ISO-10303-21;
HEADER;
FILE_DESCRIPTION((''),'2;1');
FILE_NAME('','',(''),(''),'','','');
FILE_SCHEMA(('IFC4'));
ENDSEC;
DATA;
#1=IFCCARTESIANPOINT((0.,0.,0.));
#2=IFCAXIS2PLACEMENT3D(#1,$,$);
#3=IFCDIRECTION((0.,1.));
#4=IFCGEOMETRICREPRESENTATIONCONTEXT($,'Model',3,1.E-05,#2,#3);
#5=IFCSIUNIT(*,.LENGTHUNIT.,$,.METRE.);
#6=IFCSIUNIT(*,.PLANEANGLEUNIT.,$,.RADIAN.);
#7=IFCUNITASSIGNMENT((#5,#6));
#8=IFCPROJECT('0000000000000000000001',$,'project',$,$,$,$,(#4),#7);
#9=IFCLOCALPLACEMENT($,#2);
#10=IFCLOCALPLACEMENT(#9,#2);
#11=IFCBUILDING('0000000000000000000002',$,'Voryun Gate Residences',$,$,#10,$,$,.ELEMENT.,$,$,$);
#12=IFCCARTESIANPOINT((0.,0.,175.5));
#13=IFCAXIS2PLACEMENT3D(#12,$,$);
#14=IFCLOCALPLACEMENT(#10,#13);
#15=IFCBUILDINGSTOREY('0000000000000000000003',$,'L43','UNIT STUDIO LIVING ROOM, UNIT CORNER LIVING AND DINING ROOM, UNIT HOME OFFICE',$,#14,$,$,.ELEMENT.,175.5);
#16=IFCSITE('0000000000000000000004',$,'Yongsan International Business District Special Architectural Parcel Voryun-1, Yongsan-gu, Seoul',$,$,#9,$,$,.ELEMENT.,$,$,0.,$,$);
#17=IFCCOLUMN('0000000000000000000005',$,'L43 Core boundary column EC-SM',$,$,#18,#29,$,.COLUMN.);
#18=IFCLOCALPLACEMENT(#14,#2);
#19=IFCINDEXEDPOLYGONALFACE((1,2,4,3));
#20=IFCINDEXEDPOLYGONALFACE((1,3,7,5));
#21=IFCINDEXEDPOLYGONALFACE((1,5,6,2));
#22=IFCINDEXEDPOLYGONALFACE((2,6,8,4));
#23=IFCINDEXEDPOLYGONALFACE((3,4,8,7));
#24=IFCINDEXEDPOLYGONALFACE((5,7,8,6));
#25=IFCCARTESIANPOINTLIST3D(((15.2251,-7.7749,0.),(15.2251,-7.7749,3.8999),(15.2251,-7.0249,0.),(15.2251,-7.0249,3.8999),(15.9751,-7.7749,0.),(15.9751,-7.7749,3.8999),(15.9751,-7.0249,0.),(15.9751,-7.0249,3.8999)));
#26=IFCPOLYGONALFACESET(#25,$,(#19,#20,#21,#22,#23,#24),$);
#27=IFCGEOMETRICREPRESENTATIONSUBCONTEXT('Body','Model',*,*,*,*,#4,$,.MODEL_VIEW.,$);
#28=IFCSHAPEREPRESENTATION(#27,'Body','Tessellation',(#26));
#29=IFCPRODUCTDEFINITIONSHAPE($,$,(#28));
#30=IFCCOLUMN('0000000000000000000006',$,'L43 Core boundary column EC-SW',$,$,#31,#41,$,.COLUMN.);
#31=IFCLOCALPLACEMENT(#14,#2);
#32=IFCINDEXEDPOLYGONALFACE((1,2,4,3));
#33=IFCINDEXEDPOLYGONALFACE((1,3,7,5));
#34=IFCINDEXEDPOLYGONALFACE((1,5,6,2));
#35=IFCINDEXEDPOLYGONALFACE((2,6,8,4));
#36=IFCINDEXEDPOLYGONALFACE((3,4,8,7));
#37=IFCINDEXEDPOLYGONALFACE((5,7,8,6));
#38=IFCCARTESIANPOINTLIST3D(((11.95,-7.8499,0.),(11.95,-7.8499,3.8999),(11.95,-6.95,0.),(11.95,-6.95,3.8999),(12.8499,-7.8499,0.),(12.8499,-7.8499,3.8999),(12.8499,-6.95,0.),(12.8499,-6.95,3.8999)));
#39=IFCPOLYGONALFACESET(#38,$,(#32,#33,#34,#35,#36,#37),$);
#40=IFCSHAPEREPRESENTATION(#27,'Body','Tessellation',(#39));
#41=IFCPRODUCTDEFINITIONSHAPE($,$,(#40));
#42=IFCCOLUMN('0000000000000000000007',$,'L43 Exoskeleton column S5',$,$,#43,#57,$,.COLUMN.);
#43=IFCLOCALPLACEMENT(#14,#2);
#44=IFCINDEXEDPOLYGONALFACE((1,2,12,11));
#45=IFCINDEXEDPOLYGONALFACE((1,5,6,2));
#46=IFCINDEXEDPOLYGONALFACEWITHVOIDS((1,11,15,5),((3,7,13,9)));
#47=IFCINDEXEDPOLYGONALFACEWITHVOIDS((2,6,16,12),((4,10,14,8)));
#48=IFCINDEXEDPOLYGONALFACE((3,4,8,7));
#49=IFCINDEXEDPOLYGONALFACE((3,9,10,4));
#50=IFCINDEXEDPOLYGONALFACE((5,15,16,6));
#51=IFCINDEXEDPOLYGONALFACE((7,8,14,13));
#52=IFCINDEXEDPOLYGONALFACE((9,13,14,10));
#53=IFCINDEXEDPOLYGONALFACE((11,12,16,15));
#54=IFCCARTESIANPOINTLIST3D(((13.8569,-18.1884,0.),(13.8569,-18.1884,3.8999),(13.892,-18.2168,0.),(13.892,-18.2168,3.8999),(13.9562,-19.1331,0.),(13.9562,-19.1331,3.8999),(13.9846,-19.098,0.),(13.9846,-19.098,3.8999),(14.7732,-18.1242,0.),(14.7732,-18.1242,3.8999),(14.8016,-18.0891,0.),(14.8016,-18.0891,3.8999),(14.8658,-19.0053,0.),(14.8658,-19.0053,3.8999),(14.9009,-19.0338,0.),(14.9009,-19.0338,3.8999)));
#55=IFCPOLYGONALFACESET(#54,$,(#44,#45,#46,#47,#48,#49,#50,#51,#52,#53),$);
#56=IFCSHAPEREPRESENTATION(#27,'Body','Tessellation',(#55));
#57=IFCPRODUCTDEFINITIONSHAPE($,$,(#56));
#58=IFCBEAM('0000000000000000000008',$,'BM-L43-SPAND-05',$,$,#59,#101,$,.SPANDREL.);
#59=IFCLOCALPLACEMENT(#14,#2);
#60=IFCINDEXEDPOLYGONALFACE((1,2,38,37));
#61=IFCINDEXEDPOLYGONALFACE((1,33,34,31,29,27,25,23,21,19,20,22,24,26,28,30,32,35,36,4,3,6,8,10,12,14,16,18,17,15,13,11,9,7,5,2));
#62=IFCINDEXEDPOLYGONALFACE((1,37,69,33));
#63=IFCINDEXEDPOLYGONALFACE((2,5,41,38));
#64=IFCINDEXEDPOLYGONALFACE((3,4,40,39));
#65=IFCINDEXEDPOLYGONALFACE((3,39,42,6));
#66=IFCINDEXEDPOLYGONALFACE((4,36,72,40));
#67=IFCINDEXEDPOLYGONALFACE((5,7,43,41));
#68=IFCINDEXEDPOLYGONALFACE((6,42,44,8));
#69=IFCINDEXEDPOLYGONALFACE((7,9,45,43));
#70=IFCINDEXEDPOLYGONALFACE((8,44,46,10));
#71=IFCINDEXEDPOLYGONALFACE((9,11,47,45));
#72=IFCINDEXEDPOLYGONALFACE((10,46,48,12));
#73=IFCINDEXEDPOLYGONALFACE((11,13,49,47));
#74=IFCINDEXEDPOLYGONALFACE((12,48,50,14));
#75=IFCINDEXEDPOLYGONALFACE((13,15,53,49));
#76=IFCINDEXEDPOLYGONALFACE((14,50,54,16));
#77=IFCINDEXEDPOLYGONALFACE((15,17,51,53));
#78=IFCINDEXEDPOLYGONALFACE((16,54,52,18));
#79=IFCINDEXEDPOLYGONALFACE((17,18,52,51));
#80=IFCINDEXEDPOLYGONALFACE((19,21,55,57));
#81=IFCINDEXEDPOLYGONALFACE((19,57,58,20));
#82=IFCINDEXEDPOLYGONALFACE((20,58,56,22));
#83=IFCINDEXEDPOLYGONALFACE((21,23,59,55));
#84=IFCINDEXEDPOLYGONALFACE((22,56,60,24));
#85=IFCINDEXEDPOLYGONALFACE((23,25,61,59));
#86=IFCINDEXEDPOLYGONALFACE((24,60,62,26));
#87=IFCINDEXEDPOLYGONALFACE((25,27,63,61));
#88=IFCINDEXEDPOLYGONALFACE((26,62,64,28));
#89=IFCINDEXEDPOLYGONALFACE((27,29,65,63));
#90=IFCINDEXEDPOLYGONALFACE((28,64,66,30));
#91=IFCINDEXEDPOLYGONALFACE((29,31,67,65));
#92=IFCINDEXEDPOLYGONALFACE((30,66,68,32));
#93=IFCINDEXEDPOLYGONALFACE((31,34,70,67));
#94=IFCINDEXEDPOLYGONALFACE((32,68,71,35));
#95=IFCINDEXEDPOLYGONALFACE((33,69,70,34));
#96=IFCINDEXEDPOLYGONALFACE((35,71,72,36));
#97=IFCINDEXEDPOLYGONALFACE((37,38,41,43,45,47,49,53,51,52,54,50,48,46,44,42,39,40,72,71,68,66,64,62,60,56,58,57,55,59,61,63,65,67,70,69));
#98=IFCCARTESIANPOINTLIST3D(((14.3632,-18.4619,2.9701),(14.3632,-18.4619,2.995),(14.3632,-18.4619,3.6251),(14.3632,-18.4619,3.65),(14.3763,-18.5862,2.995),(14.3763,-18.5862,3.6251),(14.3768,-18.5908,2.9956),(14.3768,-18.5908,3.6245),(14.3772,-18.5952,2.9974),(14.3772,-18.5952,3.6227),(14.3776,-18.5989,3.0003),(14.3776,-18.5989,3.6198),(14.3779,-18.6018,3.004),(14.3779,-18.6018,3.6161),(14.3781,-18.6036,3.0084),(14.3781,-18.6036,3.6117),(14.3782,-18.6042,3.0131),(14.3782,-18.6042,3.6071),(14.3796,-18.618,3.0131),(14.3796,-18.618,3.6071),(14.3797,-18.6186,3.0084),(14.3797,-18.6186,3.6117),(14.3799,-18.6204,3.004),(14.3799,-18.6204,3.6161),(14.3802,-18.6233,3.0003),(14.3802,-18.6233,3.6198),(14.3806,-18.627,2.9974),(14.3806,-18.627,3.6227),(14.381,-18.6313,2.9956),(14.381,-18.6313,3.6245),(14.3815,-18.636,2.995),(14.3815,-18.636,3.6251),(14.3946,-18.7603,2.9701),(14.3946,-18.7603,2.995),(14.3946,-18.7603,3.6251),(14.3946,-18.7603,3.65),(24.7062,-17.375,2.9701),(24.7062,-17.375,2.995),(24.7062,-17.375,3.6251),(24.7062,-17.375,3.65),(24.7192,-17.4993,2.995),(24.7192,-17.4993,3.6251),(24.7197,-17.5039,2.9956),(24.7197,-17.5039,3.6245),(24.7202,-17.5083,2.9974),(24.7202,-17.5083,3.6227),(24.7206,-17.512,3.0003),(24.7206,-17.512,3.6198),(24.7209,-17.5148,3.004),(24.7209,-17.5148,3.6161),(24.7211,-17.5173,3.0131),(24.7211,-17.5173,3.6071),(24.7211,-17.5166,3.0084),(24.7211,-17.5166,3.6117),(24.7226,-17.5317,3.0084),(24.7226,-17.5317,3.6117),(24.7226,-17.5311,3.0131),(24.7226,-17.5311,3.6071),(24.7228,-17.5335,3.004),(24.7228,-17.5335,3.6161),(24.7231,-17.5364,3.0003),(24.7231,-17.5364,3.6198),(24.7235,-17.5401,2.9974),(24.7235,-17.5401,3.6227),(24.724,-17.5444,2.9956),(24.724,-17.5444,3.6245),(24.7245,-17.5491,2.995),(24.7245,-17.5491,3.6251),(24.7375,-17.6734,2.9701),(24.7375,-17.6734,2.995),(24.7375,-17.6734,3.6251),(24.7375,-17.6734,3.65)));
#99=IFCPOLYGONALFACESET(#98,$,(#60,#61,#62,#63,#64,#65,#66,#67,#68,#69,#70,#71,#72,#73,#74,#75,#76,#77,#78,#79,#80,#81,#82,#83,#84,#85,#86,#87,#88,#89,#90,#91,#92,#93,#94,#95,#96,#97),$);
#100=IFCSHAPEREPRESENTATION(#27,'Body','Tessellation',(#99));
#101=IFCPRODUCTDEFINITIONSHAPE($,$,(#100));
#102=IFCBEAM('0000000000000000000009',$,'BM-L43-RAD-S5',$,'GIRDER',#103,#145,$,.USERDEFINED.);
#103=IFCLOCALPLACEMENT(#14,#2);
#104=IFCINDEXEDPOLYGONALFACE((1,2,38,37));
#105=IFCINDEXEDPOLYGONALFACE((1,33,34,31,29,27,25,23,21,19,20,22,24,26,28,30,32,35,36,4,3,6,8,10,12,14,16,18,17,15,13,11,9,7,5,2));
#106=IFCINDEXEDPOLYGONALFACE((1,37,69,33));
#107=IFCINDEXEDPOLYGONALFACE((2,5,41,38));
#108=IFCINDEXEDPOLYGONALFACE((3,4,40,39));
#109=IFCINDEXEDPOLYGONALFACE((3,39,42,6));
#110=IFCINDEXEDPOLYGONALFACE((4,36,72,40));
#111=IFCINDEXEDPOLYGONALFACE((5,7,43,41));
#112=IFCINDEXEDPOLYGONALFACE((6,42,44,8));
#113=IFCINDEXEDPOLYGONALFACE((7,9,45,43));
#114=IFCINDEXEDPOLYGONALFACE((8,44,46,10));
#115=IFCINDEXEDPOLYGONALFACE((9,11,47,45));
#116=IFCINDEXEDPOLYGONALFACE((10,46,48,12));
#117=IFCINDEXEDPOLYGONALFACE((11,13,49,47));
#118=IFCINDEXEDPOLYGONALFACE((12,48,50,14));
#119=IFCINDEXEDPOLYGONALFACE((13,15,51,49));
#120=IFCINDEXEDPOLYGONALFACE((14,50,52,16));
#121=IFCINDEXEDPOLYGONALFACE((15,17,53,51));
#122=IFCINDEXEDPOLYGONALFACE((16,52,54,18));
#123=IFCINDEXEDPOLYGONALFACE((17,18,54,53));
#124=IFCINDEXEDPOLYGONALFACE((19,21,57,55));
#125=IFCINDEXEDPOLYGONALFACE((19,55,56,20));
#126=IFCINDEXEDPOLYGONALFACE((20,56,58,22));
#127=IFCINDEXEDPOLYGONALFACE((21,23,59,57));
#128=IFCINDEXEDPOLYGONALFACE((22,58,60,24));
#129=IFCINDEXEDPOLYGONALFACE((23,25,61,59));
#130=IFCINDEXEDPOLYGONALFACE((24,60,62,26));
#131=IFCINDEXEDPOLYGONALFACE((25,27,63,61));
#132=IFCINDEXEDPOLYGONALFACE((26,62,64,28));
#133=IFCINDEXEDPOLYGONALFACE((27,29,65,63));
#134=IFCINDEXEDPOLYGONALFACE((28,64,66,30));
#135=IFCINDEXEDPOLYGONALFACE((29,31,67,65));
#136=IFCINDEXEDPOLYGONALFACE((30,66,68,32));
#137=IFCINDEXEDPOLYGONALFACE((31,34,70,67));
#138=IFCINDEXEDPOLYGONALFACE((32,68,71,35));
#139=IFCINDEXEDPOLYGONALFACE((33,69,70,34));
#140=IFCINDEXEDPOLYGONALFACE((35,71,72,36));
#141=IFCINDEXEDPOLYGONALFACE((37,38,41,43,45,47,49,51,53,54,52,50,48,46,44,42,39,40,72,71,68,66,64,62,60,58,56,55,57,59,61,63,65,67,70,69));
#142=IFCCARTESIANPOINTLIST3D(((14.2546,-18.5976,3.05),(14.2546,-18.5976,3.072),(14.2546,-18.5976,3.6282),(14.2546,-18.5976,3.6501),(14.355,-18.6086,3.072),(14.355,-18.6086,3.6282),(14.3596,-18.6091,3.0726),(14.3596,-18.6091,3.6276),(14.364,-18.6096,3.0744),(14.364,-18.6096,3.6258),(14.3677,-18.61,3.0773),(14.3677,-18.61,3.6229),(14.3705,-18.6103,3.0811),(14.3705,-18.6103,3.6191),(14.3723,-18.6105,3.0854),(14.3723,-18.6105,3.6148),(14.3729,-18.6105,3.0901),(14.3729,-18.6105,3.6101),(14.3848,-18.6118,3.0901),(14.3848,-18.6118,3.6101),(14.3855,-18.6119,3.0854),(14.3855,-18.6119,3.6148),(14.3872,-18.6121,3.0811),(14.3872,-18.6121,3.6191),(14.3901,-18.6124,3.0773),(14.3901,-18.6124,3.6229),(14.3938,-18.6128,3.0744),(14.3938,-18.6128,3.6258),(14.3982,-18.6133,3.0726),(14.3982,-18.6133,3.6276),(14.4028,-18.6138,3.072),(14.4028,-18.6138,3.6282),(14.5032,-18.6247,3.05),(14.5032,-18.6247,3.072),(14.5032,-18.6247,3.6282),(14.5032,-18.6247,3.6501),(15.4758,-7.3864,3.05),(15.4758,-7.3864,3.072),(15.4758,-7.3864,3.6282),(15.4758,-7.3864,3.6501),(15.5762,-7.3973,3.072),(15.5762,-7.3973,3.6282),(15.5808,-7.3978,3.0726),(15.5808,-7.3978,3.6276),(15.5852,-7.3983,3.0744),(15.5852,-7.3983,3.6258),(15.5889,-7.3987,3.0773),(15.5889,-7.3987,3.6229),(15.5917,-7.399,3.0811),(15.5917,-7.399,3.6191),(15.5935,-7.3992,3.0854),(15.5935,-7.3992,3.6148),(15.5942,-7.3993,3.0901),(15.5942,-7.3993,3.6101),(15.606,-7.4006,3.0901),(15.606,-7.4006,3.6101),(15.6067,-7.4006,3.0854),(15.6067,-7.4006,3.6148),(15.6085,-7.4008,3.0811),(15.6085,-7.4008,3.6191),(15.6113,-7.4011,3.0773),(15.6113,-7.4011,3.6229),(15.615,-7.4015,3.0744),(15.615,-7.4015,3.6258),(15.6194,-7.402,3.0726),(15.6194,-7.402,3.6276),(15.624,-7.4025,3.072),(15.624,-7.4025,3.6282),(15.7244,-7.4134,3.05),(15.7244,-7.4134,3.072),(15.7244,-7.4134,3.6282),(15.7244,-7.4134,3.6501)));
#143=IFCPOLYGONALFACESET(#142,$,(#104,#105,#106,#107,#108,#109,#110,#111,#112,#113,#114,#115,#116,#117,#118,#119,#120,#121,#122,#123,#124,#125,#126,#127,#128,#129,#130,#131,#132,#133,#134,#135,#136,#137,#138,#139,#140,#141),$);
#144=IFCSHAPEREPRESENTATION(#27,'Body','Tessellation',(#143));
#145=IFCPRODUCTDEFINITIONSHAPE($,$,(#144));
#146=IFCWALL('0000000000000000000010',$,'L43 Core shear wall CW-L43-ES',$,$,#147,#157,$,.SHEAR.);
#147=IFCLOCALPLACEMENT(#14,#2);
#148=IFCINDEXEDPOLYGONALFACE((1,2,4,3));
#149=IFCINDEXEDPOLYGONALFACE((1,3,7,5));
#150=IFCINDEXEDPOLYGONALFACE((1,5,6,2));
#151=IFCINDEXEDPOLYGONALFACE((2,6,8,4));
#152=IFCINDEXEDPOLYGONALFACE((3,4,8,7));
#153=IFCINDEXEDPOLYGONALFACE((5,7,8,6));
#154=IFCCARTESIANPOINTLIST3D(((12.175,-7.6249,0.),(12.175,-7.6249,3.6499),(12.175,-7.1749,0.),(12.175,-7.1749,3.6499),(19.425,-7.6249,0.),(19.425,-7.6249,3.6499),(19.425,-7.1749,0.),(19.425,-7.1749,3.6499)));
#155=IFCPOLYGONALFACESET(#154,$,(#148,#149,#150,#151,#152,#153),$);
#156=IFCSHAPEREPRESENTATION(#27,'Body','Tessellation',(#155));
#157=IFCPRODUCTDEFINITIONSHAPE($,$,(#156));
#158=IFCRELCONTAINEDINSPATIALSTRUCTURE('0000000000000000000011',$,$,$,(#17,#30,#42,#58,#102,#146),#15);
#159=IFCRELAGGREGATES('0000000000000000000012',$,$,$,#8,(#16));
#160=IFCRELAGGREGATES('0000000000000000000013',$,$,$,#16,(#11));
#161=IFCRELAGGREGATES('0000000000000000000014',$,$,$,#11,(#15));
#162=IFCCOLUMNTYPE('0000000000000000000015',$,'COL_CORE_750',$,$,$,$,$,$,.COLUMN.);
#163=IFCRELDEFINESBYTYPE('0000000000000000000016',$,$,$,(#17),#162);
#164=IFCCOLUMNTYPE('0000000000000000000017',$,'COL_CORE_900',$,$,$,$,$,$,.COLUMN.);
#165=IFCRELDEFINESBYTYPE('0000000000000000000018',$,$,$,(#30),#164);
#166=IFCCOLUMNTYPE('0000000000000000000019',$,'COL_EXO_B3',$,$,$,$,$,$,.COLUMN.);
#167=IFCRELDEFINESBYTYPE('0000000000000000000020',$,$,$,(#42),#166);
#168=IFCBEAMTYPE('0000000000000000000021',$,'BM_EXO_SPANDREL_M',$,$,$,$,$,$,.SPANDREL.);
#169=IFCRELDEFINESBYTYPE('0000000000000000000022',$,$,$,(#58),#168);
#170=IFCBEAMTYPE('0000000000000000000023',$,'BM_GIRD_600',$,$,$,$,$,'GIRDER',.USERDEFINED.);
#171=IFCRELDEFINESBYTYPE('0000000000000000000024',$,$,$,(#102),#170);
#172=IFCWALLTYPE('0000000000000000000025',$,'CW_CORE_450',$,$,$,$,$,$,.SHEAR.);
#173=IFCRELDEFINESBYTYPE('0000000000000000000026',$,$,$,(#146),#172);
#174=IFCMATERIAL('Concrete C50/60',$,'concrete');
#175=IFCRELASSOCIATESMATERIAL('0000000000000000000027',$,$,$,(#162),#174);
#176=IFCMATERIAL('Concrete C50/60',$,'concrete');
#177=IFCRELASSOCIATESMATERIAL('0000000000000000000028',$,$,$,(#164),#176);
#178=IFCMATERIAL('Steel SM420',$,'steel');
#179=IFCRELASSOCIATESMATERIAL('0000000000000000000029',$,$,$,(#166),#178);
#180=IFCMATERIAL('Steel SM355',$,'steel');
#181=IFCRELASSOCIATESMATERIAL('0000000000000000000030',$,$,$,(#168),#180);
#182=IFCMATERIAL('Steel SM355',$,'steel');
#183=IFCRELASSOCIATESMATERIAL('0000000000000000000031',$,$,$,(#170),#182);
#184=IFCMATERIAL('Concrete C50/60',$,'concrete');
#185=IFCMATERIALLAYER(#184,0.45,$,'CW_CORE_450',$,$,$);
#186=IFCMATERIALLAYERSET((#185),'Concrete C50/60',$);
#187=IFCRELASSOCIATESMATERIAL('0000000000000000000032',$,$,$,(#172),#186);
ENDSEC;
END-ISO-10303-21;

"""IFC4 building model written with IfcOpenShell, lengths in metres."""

from ifc_helpers import new_model, si_unit, direction, frame, frame_2d, origin, origin_2d, place, context, subcontext, project, spatial, rectangle, hollow_rectangle, i_section, extrude, material, layer, layer_set, material_profile, profile_set, type_object, element, save


model = new_model("IFC4")

# Units and contexts
model_context = context("Model", 3, precision=1e-05, world=origin(), true_north=direction((0.0, 1.0)))
body_context = subcontext(model_context, "Body", "Model", "MODEL_VIEW")
ifc_project = project(units=[si_unit("LENGTHUNIT", "METRE"), si_unit("PLANEANGLEUNIT", "RADIAN")], contexts=[model_context])

# Site, building, storey
site_placement = place(None, origin())
site = spatial("IfcSite", under=ifc_project, at=site_placement, Name="Yongsan International Business District Special Architectural Parcel Voryun-1, Yongsan-gu, Seoul", CompositionType="ELEMENT", RefElevation=0.0)
building_placement = place(site_placement, origin())
building = spatial("IfcBuilding", under=site, at=building_placement, Name="Voryun Gate Residences", CompositionType="ELEMENT")
storey_placement = place(building_placement, frame((0.0, 0.0, 175.5)))
storey = spatial("IfcBuildingStorey", under=building, at=storey_placement, Name="L43", Description="UNIT STUDIO LIVING ROOM, UNIT CORNER LIVING AND DINING ROOM, UNIT HOME OFFICE", CompositionType="ELEMENT", Elevation=175.5)

# Columns
ifc_material_1 = material(Name="Concrete C50/60", Category="concrete")
ifc_material_profile_1 = material_profile(ifc_material_1, rectangle(XDim=0.75, YDim=0.75, at=origin_2d()), Name="RC-750x750")
ifc_profile_set_1 = profile_set([ifc_material_profile_1], Name="Concrete C50/60")
column_type_1 = type_object("IfcColumnType", Name="COL_CORE_750", PredefinedType="COLUMN", material=ifc_profile_set_1)
column_1_placement = place(storey_placement, frame((15.6001, -7.3999, 0.0), z_axis=(0.0, 0.0, 1.0), x_axis=(1.0, 0.0, 0.0)))
element("IfcColumn", 1, at=column_1_placement, inside=storey, type_object=column_type_1, Name="L43 Core boundary column EC-SM", PredefinedType="COLUMN", context=body_context, shape_type="SweptSolid", body=[
    extrude(rectangle(XDim=0.75, YDim=0.75, at=origin_2d()), origin(), (0.0, 0.0, 1.0), 3.8999),
])
ifc_material_2 = material(Name="Concrete C50/60", Category="concrete")
ifc_material_profile_2 = material_profile(ifc_material_2, rectangle(XDim=0.8999, YDim=0.8999, at=origin_2d()), Name="RC-900x900")
ifc_profile_set_2 = profile_set([ifc_material_profile_2], Name="Concrete C50/60")
column_type_2 = type_object("IfcColumnType", Name="COL_CORE_900", PredefinedType="COLUMN", material=ifc_profile_set_2)
column_2_placement = place(storey_placement, frame((12.3999, -7.3999, 0.0), z_axis=(0.0, 0.0, 1.0), x_axis=(1.0, 0.0, 0.0)))
element("IfcColumn", 2, at=column_2_placement, inside=storey, type_object=column_type_2, Name="L43 Core boundary column EC-SW", PredefinedType="COLUMN", context=body_context, shape_type="SweptSolid", body=[
    extrude(rectangle(XDim=0.8999, YDim=0.8999, at=origin_2d()), origin(), (0.0, 0.0, 1.0), 3.8999),
])
ifc_material_3 = material(Name="Steel SM420", Category="steel")
ifc_material_profile_3 = material_profile(ifc_material_3, hollow_rectangle(XDim=0.95, YDim=0.95, WallThickness=0.032, at=origin_2d()), Name="BOX-950x950x32")
ifc_profile_set_3 = profile_set([ifc_material_profile_3], Name="Steel SM420")
column_type_3 = type_object("IfcColumnType", Name="COL_EXO_B3", PredefinedType="COLUMN", material=ifc_profile_set_3)
column_3_placement = place(storey_placement, frame((14.3789, -18.6111, 0.0), z_axis=(0.0, 0.0, 1.0), x_axis=(0.994522, 0.104528, 0.0)))
element("IfcColumn", 3, at=column_3_placement, inside=storey, type_object=column_type_3, Name="L43 Exoskeleton column S5", PredefinedType="COLUMN", context=body_context, shape_type="SweptSolid", body=[
    extrude(hollow_rectangle(XDim=0.95, YDim=0.95, WallThickness=0.032, at=origin_2d()), origin(), (0.0, 0.0, 1.0), 3.8999),
])

# Beams
ifc_material_4 = material(Name="Steel SM355", Category="steel")
ifc_material_profile_4 = material_profile(ifc_material_4, i_section(OverallWidth=0.3, OverallDepth=0.6799, WebThickness=0.0139, FlangeThickness=0.0249, FilletRadius=0.0181, at=origin_2d()), Name="H-680x300x14x25")
ifc_profile_set_4 = profile_set([ifc_material_profile_4], Name="Steel SM355")
beam_type_1 = type_object("IfcBeamType", Name="BM_EXO_SPANDREL_M", PredefinedType="SPANDREL", material=ifc_profile_set_4)
beam_1_placement = place(storey_placement, frame((14.3789, -18.6111, 3.3101), z_axis=(0.994524, 0.104511, 0.0), x_axis=(-0.104511, 0.994524, 0.0)))
element("IfcBeam", 4, at=beam_1_placement, inside=storey, type_object=beam_type_1, Name="BM-L43-SPAND-05", PredefinedType="SPANDREL", context=body_context, shape_type="SweptSolid", body=[
    extrude(i_section(OverallWidth=0.3, OverallDepth=0.6799, WebThickness=0.0139, FlangeThickness=0.0249, FilletRadius=0.0181, at=origin_2d()), origin(), (0.0, 0.0, 1.0), 10.3999),
])
ifc_material_5 = material(Name="Steel SM355", Category="steel")
ifc_material_profile_5 = material_profile(ifc_material_5, i_section(OverallWidth=0.25, OverallDepth=0.6001, WebThickness=0.012, FlangeThickness=0.022, FilletRadius=0.0181, at=origin_2d()), Name="H-600x250x12x22")
ifc_profile_set_5 = profile_set([ifc_material_profile_5], Name="Steel SM355")
beam_type_2 = type_object("IfcBeamType", Name="BM_GIRD_600", ElementType="GIRDER", PredefinedType="USERDEFINED", material=ifc_profile_set_5)
beam_2_placement = place(storey_placement, frame((15.6001, -7.3999, 3.3501), z_axis=(-0.108286, -0.99412, 0.0), x_axis=(0.99412, -0.108286, 0.0)))
element("IfcBeam", 5, at=beam_2_placement, inside=storey, type_object=beam_type_2, Name="BM-L43-RAD-S5", ObjectType="GIRDER", PredefinedType="USERDEFINED", context=body_context, shape_type="SweptSolid", body=[
    extrude(i_section(OverallWidth=0.25, OverallDepth=0.6001, WebThickness=0.012, FlangeThickness=0.022, FilletRadius=0.0181, at=origin_2d()), origin(), (0.0, 0.0, 1.0), 11.2776),
])

# Wall
ifc_material_6 = material(Name="Concrete C50/60", Category="concrete")
ifc_layer_1 = layer(ifc_material_6, 0.45, Name="CW_CORE_450")
ifc_layer_set_1 = layer_set([ifc_layer_1], Name="Concrete C50/60")
wall_type_1 = type_object("IfcWallType", Name="CW_CORE_450", PredefinedType="SHEAR", material=ifc_layer_set_1)
wall_1_placement = place(storey_placement, frame((12.175, -7.3999, 0.0), z_axis=(0.0, 0.0, 1.0), x_axis=(1.0, 0.0, 0.0)))
element("IfcWall", 6, at=wall_1_placement, inside=storey, type_object=wall_type_1, Name="L43 Core shear wall CW-L43-ES", PredefinedType="SHEAR", context=body_context, shape_type="SweptSolid", body=[
    extrude(rectangle(XDim=7.25, YDim=0.45, at=frame_2d((3.625, 0.0))), origin(), (0.0, 0.0, 1.0), 3.6499),
])

save(model, "model.ifc")
